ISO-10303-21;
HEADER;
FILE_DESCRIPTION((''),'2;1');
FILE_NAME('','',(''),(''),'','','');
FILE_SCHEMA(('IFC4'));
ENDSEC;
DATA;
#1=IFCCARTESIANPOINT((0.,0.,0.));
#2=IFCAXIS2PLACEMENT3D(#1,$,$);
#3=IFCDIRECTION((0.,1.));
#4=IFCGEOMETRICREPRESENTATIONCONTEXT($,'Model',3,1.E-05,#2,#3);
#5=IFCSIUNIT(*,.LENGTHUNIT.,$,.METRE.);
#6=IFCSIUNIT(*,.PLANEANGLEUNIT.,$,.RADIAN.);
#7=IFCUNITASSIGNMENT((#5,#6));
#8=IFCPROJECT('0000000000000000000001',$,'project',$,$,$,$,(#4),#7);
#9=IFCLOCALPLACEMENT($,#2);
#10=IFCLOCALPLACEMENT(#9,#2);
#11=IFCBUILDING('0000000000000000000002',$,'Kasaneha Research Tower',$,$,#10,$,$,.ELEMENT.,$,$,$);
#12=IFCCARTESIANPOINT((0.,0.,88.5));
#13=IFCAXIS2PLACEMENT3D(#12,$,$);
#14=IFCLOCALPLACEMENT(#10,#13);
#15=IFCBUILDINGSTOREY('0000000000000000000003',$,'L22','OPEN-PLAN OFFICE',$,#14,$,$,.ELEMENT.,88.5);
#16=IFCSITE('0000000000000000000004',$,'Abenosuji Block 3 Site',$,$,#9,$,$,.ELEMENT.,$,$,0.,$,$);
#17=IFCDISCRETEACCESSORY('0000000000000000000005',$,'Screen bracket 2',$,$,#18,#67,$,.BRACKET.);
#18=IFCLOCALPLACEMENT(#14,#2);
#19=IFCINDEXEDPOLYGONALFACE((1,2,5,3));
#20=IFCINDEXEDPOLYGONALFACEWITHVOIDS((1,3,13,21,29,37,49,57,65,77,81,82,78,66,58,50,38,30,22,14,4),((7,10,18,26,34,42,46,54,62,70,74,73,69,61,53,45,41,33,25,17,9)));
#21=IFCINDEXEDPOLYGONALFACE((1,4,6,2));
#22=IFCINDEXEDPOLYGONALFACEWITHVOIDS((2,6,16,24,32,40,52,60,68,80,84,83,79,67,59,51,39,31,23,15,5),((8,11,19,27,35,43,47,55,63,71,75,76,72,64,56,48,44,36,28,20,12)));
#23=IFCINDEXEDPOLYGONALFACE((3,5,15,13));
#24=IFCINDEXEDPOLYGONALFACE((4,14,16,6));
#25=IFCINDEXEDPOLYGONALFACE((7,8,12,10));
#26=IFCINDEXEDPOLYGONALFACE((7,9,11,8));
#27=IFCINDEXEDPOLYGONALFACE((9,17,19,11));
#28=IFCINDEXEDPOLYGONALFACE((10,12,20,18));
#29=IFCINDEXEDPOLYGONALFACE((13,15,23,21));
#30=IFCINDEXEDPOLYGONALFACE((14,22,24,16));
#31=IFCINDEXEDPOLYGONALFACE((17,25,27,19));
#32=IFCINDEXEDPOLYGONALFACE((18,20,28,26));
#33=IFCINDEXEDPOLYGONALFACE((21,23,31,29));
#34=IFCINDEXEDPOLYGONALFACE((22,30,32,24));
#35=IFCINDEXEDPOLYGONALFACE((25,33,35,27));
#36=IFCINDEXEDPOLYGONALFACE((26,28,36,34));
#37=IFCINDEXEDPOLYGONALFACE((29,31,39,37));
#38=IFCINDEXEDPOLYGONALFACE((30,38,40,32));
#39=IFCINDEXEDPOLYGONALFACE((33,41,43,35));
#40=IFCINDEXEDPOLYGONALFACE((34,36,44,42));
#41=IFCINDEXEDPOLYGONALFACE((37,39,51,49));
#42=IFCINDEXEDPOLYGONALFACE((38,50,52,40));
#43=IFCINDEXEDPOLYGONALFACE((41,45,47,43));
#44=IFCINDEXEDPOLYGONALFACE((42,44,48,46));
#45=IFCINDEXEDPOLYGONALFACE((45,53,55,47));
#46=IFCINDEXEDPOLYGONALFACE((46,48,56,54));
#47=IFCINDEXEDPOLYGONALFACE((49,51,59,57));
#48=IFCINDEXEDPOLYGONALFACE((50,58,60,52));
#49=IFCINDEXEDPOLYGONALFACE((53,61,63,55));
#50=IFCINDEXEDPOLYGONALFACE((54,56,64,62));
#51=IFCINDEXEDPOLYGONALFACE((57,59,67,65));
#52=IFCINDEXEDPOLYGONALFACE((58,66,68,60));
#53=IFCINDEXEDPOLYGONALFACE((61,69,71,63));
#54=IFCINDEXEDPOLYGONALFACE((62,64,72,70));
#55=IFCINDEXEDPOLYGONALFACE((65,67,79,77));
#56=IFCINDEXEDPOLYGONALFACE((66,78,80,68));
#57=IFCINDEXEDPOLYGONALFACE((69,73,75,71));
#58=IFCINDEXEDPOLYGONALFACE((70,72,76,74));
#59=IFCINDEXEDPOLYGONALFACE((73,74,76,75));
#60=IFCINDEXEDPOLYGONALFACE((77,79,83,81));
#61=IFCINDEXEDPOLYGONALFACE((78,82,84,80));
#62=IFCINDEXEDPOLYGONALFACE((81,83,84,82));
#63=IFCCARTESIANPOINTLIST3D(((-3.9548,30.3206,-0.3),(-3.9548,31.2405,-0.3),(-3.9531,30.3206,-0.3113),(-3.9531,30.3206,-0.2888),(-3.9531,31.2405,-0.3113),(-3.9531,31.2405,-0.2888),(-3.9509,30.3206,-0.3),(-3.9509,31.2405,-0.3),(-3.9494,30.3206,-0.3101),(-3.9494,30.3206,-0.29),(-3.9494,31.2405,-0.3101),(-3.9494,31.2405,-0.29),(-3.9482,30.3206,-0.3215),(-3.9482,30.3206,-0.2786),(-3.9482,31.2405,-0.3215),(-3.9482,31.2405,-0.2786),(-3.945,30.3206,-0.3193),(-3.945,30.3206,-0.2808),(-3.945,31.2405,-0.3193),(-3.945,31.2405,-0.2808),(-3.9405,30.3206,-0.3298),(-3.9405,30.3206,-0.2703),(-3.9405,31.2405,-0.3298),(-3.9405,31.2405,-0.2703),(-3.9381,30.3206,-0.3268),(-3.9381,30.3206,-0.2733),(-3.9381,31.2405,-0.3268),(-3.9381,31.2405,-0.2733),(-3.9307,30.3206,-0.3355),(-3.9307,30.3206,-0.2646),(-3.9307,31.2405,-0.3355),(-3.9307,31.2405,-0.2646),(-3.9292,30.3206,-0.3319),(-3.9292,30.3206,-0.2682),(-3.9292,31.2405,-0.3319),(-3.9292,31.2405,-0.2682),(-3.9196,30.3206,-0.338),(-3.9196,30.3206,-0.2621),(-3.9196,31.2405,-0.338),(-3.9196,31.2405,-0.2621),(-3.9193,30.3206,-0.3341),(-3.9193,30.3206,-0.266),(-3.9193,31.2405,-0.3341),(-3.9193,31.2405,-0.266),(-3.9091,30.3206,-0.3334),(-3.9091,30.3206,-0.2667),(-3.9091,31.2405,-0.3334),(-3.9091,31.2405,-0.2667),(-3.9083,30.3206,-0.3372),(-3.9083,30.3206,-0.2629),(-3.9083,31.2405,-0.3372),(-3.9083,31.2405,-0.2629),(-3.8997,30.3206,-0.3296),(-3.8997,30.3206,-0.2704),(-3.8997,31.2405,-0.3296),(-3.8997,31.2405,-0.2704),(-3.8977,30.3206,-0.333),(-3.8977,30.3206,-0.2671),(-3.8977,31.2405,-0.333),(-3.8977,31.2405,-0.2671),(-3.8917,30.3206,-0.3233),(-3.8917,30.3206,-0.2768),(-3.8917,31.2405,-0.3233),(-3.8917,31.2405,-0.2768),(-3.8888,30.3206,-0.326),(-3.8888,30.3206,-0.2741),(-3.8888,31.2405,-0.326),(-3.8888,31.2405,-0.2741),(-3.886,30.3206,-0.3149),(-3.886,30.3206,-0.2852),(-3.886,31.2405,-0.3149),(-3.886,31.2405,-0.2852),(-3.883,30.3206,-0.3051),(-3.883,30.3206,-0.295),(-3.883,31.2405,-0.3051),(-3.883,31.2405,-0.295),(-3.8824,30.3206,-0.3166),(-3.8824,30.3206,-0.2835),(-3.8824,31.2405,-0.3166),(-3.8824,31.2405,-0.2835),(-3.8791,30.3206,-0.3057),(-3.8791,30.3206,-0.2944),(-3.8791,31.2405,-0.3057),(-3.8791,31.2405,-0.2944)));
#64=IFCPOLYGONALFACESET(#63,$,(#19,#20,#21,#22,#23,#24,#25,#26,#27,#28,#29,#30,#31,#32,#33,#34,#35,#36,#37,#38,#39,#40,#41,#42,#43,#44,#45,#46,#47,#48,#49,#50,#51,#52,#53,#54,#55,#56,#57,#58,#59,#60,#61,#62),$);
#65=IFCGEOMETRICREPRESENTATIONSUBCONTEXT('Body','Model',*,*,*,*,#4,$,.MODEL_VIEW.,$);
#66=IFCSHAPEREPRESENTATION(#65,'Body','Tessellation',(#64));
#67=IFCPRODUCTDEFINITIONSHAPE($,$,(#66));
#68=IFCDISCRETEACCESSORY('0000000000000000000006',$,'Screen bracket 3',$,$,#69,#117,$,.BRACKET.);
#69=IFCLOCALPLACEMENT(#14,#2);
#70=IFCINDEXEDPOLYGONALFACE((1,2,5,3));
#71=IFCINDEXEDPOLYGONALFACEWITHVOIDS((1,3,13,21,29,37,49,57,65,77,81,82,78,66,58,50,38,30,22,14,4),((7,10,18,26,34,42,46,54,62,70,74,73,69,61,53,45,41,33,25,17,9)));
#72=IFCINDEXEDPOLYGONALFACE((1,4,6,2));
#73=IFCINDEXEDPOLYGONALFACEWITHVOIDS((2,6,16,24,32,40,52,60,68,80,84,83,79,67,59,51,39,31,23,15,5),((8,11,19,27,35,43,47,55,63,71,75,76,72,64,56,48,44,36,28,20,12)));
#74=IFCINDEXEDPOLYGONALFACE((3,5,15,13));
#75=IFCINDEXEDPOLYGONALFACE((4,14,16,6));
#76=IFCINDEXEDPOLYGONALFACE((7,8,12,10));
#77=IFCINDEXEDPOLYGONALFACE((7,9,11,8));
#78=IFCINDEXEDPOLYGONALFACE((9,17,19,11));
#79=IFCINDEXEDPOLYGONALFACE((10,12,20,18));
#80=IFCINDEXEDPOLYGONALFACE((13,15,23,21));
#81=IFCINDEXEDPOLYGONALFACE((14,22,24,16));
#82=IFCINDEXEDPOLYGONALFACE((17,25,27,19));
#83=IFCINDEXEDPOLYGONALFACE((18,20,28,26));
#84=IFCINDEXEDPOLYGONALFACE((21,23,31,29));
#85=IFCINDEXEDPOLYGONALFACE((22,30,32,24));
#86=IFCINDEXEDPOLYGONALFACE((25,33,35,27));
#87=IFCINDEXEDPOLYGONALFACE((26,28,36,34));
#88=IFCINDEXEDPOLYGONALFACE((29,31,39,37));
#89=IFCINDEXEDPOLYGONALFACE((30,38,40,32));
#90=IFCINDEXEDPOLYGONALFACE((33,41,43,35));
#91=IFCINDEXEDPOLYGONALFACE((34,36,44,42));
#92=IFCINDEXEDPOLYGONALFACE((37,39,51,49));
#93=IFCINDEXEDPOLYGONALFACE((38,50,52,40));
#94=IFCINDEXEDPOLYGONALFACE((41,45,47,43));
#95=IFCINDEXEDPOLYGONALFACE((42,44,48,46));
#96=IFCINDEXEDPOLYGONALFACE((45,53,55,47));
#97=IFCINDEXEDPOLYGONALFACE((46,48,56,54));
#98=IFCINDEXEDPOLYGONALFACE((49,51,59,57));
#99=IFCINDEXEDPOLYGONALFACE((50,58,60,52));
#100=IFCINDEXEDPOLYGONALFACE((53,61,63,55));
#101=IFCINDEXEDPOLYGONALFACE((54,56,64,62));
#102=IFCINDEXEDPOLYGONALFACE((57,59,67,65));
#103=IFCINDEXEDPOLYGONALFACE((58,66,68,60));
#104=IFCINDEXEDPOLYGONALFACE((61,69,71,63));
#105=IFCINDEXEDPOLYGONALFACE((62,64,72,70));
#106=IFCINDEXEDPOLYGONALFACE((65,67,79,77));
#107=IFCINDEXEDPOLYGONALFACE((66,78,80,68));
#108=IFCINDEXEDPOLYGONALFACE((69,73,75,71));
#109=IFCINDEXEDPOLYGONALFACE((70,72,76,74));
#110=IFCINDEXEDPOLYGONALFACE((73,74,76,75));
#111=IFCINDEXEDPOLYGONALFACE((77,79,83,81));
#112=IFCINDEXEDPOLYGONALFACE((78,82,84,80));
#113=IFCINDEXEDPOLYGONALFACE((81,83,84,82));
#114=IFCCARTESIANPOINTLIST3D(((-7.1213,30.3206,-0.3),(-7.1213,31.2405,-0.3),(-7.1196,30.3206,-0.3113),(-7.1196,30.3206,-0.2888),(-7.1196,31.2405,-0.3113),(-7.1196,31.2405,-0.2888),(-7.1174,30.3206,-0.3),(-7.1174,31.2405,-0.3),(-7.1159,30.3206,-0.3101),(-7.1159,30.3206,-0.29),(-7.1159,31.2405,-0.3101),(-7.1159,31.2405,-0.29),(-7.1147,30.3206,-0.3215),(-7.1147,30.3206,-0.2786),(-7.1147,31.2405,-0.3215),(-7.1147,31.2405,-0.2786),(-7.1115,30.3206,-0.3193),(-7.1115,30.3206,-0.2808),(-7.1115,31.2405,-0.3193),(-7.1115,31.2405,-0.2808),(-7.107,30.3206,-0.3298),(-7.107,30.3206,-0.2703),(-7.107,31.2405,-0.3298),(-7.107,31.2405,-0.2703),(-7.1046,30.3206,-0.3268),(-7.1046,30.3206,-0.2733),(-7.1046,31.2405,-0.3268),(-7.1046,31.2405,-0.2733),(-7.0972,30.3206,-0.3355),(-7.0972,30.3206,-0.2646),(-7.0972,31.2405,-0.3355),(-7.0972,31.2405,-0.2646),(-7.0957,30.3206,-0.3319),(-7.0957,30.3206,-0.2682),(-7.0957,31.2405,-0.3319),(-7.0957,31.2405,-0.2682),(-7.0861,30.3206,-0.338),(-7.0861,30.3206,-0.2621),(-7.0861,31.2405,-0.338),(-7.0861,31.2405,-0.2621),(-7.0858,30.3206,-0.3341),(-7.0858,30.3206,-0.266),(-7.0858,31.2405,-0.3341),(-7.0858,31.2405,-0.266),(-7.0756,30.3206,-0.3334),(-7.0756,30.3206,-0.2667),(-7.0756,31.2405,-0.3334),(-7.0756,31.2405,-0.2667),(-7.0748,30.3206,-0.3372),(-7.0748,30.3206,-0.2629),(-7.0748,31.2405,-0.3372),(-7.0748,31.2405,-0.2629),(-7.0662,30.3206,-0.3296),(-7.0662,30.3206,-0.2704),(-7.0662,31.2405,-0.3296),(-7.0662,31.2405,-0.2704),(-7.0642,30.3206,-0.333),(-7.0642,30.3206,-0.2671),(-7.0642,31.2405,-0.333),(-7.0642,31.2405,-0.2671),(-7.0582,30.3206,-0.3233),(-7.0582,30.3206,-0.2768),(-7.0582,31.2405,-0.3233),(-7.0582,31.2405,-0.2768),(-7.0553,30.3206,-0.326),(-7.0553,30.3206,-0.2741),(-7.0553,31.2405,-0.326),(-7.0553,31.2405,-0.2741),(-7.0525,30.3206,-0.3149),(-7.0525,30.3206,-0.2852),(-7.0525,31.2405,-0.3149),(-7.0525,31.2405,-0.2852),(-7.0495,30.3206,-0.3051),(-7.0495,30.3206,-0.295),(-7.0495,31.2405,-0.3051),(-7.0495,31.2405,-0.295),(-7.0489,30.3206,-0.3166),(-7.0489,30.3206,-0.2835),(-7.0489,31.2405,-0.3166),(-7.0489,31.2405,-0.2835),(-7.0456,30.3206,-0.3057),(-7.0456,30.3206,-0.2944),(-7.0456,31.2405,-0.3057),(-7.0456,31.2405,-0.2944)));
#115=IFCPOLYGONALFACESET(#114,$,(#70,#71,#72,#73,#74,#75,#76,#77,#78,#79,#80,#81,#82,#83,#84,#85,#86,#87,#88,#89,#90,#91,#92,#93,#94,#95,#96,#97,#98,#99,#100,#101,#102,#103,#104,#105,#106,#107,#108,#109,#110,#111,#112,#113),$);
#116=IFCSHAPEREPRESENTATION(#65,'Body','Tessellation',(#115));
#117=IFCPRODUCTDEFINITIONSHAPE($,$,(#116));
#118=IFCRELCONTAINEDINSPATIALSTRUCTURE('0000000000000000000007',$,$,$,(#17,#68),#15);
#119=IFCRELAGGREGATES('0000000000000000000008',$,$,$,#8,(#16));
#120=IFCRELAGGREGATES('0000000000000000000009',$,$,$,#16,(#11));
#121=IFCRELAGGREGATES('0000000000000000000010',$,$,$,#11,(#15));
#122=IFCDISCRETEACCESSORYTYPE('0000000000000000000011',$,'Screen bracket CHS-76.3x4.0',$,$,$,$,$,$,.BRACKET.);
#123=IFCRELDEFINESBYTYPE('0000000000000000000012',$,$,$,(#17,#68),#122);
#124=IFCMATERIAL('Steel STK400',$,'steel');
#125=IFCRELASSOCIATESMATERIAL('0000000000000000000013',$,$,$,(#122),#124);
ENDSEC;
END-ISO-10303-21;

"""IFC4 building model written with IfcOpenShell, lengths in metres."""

from ifc_helpers import new_model, si_unit, direction, frame, origin, origin_2d, place, context, subcontext, project, spatial, hollow_circle, extrude, material, material_profile, profile_set, type_object, element, save


model = new_model("IFC4")

# Units and contexts
model_context = context("Model", 3, precision=1e-05, world=origin(), true_north=direction((0.0, 1.0)))
body_context = subcontext(model_context, "Body", "Model", "MODEL_VIEW")
ifc_project = project(units=[si_unit("LENGTHUNIT", "METRE"), si_unit("PLANEANGLEUNIT", "RADIAN")], contexts=[model_context])

# Site, building, storey
site_placement = place(None, origin())
site = spatial("IfcSite", under=ifc_project, at=site_placement, Name="Abenosuji Block 3 Site", CompositionType="ELEMENT", RefElevation=0.0)
building_placement = place(site_placement, origin())
building = spatial("IfcBuilding", under=site, at=building_placement, Name="Kasaneha Research Tower", CompositionType="ELEMENT")
storey_placement = place(building_placement, frame((0.0, 0.0, 88.5)))
storey = spatial("IfcBuildingStorey", under=building, at=storey_placement, Name="L22", Description="OPEN-PLAN OFFICE", CompositionType="ELEMENT", Elevation=88.5)

# Discrete accessories
ifc_material_1 = material(Name="Steel STK400", Category="steel")
ifc_material_profile_1 = material_profile(ifc_material_1, hollow_circle(Radius=0.0381, WallThickness=0.0039, at=origin_2d()), Name="CHS-76.3x4.0")
ifc_profile_set_1 = profile_set([ifc_material_profile_1], Name="Steel STK400")
discrete_accessory_type = type_object("IfcDiscreteAccessoryType", Name="Screen bracket CHS-76.3x4.0", PredefinedType="BRACKET", material=ifc_profile_set_1)
for number, where, z_axis, x_axis, name in (
    (1, (-3.9167, 30.3206, -0.3), (0.0, 1.0, 0.0), (-1.0, 0.0, 0.0), "Screen bracket 2"),
    (2, (-7.0833, 30.3206, -0.3), (0.0, 1.0, 0.0), (-1.0, 0.0, 0.0), "Screen bracket 3"),
):
    element("IfcDiscreteAccessory", number, at=place(storey_placement, frame(where, z_axis=z_axis, x_axis=x_axis)), inside=storey, type_object=discrete_accessory_type, Name=name, PredefinedType="BRACKET", context=body_context, shape_type="SweptSolid", body=[
        extrude(hollow_circle(Radius=0.0381, WallThickness=0.0039, at=origin_2d()), origin(), (0.0, 0.0, 1.0), 0.9199),
    ])

save(model, "model.ifc")
